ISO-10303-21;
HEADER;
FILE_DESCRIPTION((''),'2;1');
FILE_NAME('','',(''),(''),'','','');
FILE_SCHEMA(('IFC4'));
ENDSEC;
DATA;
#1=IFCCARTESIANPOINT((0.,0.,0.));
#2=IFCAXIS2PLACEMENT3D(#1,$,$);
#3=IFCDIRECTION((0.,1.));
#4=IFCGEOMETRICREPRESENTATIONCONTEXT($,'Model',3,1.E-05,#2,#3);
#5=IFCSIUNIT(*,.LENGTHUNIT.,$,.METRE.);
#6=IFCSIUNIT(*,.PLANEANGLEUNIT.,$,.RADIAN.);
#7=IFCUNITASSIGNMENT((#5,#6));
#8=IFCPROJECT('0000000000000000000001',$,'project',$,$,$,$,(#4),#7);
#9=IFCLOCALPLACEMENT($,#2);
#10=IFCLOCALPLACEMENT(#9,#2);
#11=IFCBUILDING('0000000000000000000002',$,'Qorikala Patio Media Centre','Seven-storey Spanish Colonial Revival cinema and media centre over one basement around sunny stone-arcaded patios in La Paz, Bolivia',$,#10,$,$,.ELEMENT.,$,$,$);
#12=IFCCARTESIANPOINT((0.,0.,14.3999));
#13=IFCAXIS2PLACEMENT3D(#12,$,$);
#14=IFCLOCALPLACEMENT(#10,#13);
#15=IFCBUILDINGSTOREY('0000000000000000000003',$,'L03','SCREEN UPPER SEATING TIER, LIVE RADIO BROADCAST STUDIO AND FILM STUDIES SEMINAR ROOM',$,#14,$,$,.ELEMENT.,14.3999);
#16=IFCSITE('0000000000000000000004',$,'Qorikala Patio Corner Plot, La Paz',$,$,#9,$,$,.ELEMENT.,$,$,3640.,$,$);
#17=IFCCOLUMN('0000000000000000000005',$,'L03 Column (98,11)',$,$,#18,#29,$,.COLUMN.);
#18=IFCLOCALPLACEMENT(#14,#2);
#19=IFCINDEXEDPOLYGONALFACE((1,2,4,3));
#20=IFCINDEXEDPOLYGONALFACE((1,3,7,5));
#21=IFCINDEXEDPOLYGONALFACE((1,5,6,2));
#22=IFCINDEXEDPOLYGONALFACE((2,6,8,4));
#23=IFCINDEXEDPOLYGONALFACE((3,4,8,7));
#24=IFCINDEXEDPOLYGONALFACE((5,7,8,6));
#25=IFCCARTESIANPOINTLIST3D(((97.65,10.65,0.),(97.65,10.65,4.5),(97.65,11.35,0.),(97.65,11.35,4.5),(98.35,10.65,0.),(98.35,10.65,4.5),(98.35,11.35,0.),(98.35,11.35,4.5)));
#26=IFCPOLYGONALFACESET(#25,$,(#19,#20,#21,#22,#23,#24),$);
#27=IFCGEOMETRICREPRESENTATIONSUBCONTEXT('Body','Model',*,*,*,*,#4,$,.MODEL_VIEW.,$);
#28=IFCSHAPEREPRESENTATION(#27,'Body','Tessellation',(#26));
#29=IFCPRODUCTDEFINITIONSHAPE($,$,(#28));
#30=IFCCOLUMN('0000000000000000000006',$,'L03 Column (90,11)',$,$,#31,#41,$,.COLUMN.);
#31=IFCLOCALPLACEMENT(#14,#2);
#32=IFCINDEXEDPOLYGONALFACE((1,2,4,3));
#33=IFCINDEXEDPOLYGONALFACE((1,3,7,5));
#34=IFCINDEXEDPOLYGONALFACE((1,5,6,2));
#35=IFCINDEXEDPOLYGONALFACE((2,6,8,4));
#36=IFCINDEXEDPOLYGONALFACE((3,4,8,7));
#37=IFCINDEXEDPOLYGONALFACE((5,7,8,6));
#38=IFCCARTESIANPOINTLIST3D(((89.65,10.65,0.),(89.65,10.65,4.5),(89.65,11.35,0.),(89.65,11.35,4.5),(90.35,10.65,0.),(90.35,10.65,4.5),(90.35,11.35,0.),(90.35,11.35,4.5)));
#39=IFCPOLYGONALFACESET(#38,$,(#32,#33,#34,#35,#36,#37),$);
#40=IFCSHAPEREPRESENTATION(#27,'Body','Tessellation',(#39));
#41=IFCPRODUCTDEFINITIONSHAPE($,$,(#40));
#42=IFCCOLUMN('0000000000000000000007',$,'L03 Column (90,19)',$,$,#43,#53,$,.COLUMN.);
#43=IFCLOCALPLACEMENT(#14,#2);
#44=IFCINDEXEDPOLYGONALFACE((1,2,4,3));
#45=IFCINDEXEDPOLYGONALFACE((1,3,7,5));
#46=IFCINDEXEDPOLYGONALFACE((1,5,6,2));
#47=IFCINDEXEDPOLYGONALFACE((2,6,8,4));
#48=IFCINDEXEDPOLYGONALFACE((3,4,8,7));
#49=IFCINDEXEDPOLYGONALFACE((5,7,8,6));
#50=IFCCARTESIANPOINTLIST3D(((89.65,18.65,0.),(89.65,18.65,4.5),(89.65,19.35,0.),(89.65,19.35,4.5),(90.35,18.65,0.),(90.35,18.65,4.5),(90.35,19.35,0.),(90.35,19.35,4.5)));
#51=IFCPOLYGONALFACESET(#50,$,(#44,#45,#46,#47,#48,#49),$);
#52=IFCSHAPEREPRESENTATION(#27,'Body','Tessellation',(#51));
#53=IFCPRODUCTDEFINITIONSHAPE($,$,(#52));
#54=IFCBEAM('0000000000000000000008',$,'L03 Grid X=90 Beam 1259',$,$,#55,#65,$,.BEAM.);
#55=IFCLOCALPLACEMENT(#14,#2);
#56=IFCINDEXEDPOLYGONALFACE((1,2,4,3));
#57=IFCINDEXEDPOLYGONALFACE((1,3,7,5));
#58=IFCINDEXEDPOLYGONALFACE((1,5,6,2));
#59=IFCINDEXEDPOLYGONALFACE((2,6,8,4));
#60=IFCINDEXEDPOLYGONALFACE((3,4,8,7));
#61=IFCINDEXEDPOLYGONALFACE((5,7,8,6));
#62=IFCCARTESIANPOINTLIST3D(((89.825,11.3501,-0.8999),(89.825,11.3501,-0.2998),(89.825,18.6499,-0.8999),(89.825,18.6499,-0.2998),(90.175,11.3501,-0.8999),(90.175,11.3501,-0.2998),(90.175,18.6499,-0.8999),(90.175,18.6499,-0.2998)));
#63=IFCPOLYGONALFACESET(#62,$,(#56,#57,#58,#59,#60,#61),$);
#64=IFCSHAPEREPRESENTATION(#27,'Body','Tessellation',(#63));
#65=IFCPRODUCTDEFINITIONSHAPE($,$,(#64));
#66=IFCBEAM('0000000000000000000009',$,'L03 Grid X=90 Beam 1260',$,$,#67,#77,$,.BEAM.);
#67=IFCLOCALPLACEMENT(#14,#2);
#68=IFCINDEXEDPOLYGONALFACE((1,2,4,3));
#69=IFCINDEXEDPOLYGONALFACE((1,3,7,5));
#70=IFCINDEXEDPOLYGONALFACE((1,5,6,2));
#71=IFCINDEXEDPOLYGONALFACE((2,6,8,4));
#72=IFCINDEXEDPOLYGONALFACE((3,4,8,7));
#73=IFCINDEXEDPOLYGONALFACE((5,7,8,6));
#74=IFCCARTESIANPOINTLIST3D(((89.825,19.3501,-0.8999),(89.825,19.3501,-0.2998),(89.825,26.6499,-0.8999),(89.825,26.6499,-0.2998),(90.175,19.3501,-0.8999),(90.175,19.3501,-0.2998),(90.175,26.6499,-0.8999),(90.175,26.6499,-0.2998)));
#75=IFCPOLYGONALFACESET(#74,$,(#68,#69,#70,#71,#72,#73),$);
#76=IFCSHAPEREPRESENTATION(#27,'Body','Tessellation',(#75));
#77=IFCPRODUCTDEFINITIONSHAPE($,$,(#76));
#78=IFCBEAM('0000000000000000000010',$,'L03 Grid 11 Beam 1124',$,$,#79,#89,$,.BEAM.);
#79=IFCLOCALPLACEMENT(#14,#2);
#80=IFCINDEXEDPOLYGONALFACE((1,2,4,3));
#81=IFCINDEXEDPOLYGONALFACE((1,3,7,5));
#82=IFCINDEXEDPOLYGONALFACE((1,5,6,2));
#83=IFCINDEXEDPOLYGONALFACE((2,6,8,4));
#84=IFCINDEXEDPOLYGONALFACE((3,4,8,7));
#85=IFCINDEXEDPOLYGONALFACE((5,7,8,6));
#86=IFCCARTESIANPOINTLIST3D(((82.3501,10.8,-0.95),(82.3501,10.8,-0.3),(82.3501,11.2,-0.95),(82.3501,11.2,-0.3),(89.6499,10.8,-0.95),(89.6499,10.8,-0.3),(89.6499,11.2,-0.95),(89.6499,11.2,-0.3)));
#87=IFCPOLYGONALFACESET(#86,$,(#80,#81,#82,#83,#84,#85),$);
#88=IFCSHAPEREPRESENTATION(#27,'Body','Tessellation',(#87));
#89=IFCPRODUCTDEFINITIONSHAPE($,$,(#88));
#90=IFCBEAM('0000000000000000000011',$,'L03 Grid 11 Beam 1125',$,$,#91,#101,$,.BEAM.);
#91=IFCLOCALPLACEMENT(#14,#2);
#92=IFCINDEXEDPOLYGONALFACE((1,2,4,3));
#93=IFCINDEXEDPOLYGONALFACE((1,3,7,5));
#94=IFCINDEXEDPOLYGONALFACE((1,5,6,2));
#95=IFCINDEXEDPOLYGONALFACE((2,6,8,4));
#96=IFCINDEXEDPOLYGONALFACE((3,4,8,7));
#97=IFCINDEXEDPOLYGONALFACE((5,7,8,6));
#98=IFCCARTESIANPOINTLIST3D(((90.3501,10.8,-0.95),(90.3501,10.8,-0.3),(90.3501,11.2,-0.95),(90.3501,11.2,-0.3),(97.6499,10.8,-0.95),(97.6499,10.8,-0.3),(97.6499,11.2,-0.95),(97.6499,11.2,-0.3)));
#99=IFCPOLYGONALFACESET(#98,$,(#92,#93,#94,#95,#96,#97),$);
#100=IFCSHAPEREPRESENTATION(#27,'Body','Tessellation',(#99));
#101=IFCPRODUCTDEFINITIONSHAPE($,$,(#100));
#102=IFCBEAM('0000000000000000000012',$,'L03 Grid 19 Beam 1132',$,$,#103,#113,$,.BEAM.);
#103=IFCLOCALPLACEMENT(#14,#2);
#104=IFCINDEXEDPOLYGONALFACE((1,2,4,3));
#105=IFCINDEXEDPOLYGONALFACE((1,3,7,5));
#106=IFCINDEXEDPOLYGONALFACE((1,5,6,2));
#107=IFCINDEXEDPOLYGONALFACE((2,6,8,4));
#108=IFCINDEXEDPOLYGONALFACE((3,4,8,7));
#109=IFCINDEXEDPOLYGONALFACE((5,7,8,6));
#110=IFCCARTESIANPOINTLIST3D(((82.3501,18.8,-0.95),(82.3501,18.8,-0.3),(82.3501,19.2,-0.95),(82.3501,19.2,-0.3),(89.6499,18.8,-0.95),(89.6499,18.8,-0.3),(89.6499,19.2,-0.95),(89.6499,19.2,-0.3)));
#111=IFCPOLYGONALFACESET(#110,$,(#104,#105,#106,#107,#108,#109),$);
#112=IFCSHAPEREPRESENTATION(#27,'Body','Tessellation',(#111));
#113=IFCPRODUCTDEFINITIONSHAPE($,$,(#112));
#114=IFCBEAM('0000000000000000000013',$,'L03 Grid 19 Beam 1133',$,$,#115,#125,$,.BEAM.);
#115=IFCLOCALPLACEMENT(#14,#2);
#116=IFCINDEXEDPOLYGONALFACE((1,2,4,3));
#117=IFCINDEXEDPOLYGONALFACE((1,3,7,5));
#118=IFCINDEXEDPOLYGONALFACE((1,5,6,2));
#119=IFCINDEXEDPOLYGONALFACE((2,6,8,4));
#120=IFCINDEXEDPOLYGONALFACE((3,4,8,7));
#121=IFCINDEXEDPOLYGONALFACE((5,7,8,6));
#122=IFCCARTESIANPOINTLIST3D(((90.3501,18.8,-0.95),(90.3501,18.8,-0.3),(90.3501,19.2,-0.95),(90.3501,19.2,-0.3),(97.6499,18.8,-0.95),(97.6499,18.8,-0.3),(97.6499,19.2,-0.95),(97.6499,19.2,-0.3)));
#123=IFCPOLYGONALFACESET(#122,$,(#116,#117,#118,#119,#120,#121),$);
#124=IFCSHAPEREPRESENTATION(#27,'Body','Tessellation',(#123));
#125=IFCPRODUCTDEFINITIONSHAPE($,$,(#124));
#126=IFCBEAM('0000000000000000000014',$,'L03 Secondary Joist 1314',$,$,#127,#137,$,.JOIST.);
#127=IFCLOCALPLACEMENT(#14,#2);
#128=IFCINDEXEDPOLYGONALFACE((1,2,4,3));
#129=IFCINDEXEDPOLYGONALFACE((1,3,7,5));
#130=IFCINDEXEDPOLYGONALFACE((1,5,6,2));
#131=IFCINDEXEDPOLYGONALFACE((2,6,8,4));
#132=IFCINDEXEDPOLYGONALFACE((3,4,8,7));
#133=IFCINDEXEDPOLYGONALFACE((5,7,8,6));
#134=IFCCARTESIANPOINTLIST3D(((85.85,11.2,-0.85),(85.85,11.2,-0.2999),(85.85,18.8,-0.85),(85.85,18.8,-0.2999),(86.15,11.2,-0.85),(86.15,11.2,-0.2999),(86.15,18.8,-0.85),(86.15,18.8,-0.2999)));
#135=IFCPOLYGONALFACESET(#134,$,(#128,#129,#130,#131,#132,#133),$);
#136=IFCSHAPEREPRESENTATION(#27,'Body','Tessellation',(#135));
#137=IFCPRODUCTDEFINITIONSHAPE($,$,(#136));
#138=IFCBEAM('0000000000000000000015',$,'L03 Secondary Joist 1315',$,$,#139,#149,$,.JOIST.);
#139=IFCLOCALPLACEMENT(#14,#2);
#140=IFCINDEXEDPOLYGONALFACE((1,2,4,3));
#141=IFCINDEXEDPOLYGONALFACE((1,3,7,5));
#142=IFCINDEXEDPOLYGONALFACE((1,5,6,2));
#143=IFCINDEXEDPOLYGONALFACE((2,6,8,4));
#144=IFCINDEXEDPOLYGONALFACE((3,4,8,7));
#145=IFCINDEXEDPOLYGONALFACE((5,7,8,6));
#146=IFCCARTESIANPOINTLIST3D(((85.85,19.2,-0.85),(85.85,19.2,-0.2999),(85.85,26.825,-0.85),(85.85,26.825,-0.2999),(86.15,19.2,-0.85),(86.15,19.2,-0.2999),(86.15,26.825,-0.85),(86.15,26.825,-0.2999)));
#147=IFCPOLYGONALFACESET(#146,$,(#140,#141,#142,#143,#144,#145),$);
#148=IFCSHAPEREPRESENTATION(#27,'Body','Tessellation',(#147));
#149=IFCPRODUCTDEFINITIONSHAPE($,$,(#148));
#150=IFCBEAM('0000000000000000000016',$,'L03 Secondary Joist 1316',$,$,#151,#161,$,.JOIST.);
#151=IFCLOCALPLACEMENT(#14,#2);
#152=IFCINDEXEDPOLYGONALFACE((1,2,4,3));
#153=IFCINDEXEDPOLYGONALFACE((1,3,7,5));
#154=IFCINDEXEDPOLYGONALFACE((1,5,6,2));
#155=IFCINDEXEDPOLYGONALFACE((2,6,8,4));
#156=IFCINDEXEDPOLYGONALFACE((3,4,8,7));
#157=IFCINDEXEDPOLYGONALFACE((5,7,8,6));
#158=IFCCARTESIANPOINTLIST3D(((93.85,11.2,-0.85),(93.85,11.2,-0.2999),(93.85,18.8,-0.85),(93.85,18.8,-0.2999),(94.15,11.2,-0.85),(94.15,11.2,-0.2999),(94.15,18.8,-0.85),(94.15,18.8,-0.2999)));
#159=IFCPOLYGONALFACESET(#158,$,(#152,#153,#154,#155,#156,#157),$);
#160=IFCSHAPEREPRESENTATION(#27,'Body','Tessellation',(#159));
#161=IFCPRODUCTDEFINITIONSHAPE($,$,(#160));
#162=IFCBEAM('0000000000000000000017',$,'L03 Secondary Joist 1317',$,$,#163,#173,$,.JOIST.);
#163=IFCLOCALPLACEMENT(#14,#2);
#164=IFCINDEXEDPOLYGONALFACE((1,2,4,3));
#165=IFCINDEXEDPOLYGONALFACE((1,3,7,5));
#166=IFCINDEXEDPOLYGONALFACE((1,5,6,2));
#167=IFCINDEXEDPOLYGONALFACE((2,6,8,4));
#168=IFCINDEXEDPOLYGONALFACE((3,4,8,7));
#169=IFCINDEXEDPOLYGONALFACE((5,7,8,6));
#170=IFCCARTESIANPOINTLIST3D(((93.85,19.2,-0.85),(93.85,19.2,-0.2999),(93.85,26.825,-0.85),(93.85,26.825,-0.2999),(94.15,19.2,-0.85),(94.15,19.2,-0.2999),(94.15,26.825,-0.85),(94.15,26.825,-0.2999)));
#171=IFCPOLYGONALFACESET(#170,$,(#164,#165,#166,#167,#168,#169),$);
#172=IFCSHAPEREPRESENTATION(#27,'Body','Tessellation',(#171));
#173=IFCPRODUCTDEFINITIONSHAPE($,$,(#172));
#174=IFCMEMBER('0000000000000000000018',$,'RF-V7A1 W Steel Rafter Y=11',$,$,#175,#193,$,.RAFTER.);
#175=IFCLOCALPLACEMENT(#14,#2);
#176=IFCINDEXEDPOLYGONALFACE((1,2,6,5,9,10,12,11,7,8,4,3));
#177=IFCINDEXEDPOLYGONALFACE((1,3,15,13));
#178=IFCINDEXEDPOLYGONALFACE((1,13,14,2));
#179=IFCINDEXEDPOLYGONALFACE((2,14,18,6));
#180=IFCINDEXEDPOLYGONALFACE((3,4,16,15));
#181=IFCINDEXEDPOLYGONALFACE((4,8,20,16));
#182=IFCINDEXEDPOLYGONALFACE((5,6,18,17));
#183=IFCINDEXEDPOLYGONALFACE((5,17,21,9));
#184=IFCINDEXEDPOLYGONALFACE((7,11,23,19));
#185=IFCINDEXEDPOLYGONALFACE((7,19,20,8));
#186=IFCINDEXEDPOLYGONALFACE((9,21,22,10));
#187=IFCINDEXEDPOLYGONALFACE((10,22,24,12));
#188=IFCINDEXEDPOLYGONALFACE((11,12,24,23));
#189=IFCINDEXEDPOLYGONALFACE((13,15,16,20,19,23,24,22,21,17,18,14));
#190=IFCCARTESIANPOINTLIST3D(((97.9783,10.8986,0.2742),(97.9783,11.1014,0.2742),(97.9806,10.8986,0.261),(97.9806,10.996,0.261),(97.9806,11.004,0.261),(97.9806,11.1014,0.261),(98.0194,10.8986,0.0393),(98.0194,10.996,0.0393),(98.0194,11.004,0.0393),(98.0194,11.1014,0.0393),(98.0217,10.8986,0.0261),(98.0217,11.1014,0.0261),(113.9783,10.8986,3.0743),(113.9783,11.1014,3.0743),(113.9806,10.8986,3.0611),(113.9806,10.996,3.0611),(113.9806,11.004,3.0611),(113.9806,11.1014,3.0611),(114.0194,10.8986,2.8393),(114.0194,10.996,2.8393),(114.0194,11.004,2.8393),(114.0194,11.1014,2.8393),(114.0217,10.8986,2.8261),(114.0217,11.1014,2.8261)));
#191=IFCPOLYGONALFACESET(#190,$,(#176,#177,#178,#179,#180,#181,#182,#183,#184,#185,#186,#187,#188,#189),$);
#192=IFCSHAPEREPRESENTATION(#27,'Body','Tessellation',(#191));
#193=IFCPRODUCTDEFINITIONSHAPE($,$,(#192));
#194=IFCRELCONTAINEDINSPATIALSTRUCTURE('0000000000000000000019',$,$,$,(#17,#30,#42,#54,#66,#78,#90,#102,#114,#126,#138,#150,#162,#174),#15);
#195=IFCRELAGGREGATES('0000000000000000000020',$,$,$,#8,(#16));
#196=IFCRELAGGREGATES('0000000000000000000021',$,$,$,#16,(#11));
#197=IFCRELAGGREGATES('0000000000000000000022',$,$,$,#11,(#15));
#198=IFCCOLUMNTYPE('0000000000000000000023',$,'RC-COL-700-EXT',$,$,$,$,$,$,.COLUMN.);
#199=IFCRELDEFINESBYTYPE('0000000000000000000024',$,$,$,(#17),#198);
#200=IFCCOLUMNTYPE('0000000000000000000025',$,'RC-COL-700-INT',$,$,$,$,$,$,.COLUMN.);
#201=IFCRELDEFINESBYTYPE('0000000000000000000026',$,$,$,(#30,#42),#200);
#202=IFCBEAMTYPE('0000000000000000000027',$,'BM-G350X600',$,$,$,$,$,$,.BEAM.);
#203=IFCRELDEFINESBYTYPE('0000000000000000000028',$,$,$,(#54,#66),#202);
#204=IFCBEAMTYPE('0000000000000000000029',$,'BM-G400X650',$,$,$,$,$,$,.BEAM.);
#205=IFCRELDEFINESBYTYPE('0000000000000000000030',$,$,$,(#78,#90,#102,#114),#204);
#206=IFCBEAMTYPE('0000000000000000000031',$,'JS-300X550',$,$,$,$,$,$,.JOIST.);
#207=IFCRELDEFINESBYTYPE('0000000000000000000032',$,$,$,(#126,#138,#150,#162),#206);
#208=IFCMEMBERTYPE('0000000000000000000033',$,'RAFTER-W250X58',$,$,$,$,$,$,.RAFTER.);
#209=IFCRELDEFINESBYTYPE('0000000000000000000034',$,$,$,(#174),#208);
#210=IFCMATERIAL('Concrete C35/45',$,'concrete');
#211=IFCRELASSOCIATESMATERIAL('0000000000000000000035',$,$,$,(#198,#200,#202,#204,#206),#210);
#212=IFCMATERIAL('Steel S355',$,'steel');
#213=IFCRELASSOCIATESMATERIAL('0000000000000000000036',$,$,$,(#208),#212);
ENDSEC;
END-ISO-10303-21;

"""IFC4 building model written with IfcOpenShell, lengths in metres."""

from ifc_helpers import new_model, si_unit, direction, frame, origin, origin_2d, place, context, subcontext, project, spatial, rectangle, i_section, extrude, material, material_profile, profile_set, type_object, element, save


model = new_model("IFC4")

# Units and contexts
model_context = context("Model", 3, precision=1e-05, world=origin(), true_north=direction((0.0, 1.0)))
body_context = subcontext(model_context, "Body", "Model", "MODEL_VIEW")
ifc_project = project(units=[si_unit("LENGTHUNIT", "METRE"), si_unit("PLANEANGLEUNIT", "RADIAN")], contexts=[model_context])

# Site, building, storey
site_placement = place(None, origin())
site = spatial("IfcSite", under=ifc_project, at=site_placement, Name="Qorikala Patio Corner Plot, La Paz", CompositionType="ELEMENT", RefElevation=3640.0)
building_placement = place(site_placement, origin())
building = spatial("IfcBuilding", under=site, at=building_placement, Name="Qorikala Patio Media Centre", Description="Seven-storey Spanish Colonial Revival cinema and media centre over one basement around sunny stone-arcaded patios in La Paz, Bolivia", CompositionType="ELEMENT")
storey_placement = place(building_placement, frame((0.0, 0.0, 14.3999)))
storey = spatial("IfcBuildingStorey", under=building, at=storey_placement, Name="L03", Description="SCREEN UPPER SEATING TIER, LIVE RADIO BROADCAST STUDIO AND FILM STUDIES SEMINAR ROOM", CompositionType="ELEMENT", Elevation=14.3999)

# Columns
ifc_material_1 = material(Name="Concrete C35/45", Category="concrete")
ifc_material_profile_1 = material_profile(ifc_material_1, rectangle(XDim=0.7, YDim=0.7, at=origin_2d()), Name="RC 700x700")
ifc_profile_set_1 = profile_set([ifc_material_profile_1], Name="Concrete C35/45")
column_type_1 = type_object("IfcColumnType", Name="RC-COL-700-EXT", PredefinedType="COLUMN", material=ifc_profile_set_1)
column_placement = place(storey_placement, frame((98.0, 11.0, 0.0), z_axis=(0.0, 0.0, 1.0), x_axis=(1.0, 0.0, 0.0)))
element("IfcColumn", 1, at=column_placement, inside=storey, type_object=column_type_1, Name="L03 Column (98,11)", PredefinedType="COLUMN", context=body_context, shape_type="SweptSolid", body=[
    extrude(rectangle(XDim=0.7, YDim=0.7, at=origin_2d()), origin(), (0.0, 0.0, 1.0), 4.5),
])
ifc_material_profile_2 = material_profile(ifc_material_1, rectangle(XDim=0.7, YDim=0.7, at=origin_2d()), Name="RC 700x700")
ifc_profile_set_2 = profile_set([ifc_material_profile_2], Name="Concrete C35/45")
column_type_2 = type_object("IfcColumnType", Name="RC-COL-700-INT", PredefinedType="COLUMN", material=ifc_profile_set_2)
for number, where, z_axis, x_axis, name in (
    (2, (90.0, 11.0, 0.0), (0.0, 0.0, 1.0), (1.0, 0.0, 0.0), "L03 Column (90,11)"),
    (3, (90.0, 19.0, 0.0), (0.0, 0.0, 1.0), (1.0, 0.0, 0.0), "L03 Column (90,19)"),
):
    element("IfcColumn", number, at=place(storey_placement, frame(where, z_axis=z_axis, x_axis=x_axis)), inside=storey, type_object=column_type_2, Name=name, PredefinedType="COLUMN", context=body_context, shape_type="SweptSolid", body=[
        extrude(rectangle(XDim=0.7, YDim=0.7, at=origin_2d()), origin(), (0.0, 0.0, 1.0), 4.5),
    ])

# Beams
ifc_material_profile_3 = material_profile(ifc_material_1, rectangle(XDim=0.3501, YDim=0.6001, at=origin_2d()), Name="RC 350x600")
ifc_profile_set_3 = profile_set([ifc_material_profile_3], Name="Concrete C35/45")
beam_type_1 = type_object("IfcBeamType", Name="BM-G350X600", PredefinedType="BEAM", material=ifc_profile_set_3)
for number, where, z_axis, x_axis, name in (
    (4, (90.0, 11.3501, -0.5999), (0.0, 1.0, 0.0), (-1.0, 0.0, 0.0), "L03 Grid X=90 Beam 1259"),
    (5, (90.0, 19.3501, -0.5999), (0.0, 1.0, 0.0), (-1.0, 0.0, 0.0), "L03 Grid X=90 Beam 1260"),
):
    element("IfcBeam", number, at=place(storey_placement, frame(where, z_axis=z_axis, x_axis=x_axis)), inside=storey, type_object=beam_type_1, Name=name, PredefinedType="BEAM", context=body_context, shape_type="SweptSolid", body=[
        extrude(rectangle(XDim=0.3501, YDim=0.6001, at=origin_2d()), origin(), (0.0, 0.0, 1.0), 7.2998),
    ])
ifc_material_profile_4 = material_profile(ifc_material_1, rectangle(XDim=0.3999, YDim=0.6499, at=origin_2d()), Name="RC 400x650")
ifc_profile_set_4 = profile_set([ifc_material_profile_4], Name="Concrete C35/45")
beam_type_2 = type_object("IfcBeamType", Name="BM-G400X650", PredefinedType="BEAM", material=ifc_profile_set_4)
for number, where, z_axis, x_axis, name in (
    (6, (82.3501, 11.0, -0.625), (1.0, 0.0, 0.0), (0.0, 1.0, 0.0), "L03 Grid 11 Beam 1124"),
    (7, (90.3501, 11.0, -0.625), (1.0, 0.0, 0.0), (0.0, 1.0, 0.0), "L03 Grid 11 Beam 1125"),
    (8, (82.3501, 19.0, -0.625), (1.0, 0.0, 0.0), (0.0, 1.0, 0.0), "L03 Grid 19 Beam 1132"),
    (9, (90.3501, 19.0, -0.625), (1.0, 0.0, 0.0), (0.0, 1.0, 0.0), "L03 Grid 19 Beam 1133"),
):
    element("IfcBeam", number, at=place(storey_placement, frame(where, z_axis=z_axis, x_axis=x_axis)), inside=storey, type_object=beam_type_2, Name=name, PredefinedType="BEAM", context=body_context, shape_type="SweptSolid", body=[
        extrude(rectangle(XDim=0.3999, YDim=0.6499, at=origin_2d()), origin(), (0.0, 0.0, 1.0), 7.2998),
    ])
ifc_material_profile_5 = material_profile(ifc_material_1, rectangle(XDim=0.3, YDim=0.55, at=origin_2d()), Name="RC 300x550")
ifc_profile_set_5 = profile_set([ifc_material_profile_5], Name="Concrete C35/45")
beam_type_3 = type_object("IfcBeamType", Name="JS-300X550", PredefinedType="JOIST", material=ifc_profile_set_5)
beam_1_placement = place(storey_placement, frame((86.0, 11.2, -0.575), z_axis=(0.0, 1.0, 0.0), x_axis=(-1.0, 0.0, 0.0)))
element("IfcBeam", 10, at=beam_1_placement, inside=storey, type_object=beam_type_3, Name="L03 Secondary Joist 1314", PredefinedType="JOIST", context=body_context, shape_type="SweptSolid", body=[
    extrude(rectangle(XDim=0.3, YDim=0.55, at=origin_2d()), origin(), (0.0, 0.0, 1.0), 7.6001),
])
beam_2_placement = place(storey_placement, frame((86.0, 19.2, -0.575), z_axis=(0.0, 1.0, 0.0), x_axis=(-1.0, 0.0, 0.0)))
element("IfcBeam", 11, at=beam_2_placement, inside=storey, type_object=beam_type_3, Name="L03 Secondary Joist 1315", PredefinedType="JOIST", context=body_context, shape_type="SweptSolid", body=[
    extrude(rectangle(XDim=0.3, YDim=0.55, at=origin_2d()), origin(), (0.0, 0.0, 1.0), 7.625),
])
beam_3_placement = place(storey_placement, frame((94.0, 11.2, -0.575), z_axis=(0.0, 1.0, 0.0), x_axis=(-1.0, 0.0, 0.0)))
element("IfcBeam", 12, at=beam_3_placement, inside=storey, type_object=beam_type_3, Name="L03 Secondary Joist 1316", PredefinedType="JOIST", context=body_context, shape_type="SweptSolid", body=[
    extrude(rectangle(XDim=0.3, YDim=0.55, at=origin_2d()), origin(), (0.0, 0.0, 1.0), 7.6001),
])
beam_4_placement = place(storey_placement, frame((94.0, 19.2, -0.575), z_axis=(0.0, 1.0, 0.0), x_axis=(-1.0, 0.0, 0.0)))
element("IfcBeam", 13, at=beam_4_placement, inside=storey, type_object=beam_type_3, Name="L03 Secondary Joist 1317", PredefinedType="JOIST", context=body_context, shape_type="SweptSolid", body=[
    extrude(rectangle(XDim=0.3, YDim=0.55, at=origin_2d()), origin(), (0.0, 0.0, 1.0), 7.625),
])

# Member
ifc_material_2 = material(Name="Steel S355", Category="steel")
ifc_material_profile_6 = material_profile(ifc_material_2, i_section(OverallWidth=0.2029, OverallDepth=0.252, WebThickness=0.0081, FlangeThickness=0.0134, at=origin_2d()), Name="W250X58")
ifc_profile_set_6 = profile_set([ifc_material_profile_6], Name="Steel S355")
member_type_1 = type_object("IfcMemberType", Name="RAFTER-W250X58", PredefinedType="RAFTER", material=ifc_profile_set_6)
member_1_placement = place(storey_placement, frame((98.0, 11.0, 0.1501), z_axis=(0.98503, 0.0, 0.172383), x_axis=(0.0, 1.0, 0.0)))
element("IfcMember", 14, at=member_1_placement, inside=storey, type_object=member_type_1, Name="RF-V7A1 W Steel Rafter Y=11", PredefinedType="RAFTER", context=body_context, shape_type="SweptSolid", body=[
    extrude(i_section(OverallWidth=0.2029, OverallDepth=0.252, WebThickness=0.0081, FlangeThickness=0.0134, at=origin_2d()), origin(), (0.0, 0.0, 1.0), 16.2432),
])

save(model, "model.ifc")
